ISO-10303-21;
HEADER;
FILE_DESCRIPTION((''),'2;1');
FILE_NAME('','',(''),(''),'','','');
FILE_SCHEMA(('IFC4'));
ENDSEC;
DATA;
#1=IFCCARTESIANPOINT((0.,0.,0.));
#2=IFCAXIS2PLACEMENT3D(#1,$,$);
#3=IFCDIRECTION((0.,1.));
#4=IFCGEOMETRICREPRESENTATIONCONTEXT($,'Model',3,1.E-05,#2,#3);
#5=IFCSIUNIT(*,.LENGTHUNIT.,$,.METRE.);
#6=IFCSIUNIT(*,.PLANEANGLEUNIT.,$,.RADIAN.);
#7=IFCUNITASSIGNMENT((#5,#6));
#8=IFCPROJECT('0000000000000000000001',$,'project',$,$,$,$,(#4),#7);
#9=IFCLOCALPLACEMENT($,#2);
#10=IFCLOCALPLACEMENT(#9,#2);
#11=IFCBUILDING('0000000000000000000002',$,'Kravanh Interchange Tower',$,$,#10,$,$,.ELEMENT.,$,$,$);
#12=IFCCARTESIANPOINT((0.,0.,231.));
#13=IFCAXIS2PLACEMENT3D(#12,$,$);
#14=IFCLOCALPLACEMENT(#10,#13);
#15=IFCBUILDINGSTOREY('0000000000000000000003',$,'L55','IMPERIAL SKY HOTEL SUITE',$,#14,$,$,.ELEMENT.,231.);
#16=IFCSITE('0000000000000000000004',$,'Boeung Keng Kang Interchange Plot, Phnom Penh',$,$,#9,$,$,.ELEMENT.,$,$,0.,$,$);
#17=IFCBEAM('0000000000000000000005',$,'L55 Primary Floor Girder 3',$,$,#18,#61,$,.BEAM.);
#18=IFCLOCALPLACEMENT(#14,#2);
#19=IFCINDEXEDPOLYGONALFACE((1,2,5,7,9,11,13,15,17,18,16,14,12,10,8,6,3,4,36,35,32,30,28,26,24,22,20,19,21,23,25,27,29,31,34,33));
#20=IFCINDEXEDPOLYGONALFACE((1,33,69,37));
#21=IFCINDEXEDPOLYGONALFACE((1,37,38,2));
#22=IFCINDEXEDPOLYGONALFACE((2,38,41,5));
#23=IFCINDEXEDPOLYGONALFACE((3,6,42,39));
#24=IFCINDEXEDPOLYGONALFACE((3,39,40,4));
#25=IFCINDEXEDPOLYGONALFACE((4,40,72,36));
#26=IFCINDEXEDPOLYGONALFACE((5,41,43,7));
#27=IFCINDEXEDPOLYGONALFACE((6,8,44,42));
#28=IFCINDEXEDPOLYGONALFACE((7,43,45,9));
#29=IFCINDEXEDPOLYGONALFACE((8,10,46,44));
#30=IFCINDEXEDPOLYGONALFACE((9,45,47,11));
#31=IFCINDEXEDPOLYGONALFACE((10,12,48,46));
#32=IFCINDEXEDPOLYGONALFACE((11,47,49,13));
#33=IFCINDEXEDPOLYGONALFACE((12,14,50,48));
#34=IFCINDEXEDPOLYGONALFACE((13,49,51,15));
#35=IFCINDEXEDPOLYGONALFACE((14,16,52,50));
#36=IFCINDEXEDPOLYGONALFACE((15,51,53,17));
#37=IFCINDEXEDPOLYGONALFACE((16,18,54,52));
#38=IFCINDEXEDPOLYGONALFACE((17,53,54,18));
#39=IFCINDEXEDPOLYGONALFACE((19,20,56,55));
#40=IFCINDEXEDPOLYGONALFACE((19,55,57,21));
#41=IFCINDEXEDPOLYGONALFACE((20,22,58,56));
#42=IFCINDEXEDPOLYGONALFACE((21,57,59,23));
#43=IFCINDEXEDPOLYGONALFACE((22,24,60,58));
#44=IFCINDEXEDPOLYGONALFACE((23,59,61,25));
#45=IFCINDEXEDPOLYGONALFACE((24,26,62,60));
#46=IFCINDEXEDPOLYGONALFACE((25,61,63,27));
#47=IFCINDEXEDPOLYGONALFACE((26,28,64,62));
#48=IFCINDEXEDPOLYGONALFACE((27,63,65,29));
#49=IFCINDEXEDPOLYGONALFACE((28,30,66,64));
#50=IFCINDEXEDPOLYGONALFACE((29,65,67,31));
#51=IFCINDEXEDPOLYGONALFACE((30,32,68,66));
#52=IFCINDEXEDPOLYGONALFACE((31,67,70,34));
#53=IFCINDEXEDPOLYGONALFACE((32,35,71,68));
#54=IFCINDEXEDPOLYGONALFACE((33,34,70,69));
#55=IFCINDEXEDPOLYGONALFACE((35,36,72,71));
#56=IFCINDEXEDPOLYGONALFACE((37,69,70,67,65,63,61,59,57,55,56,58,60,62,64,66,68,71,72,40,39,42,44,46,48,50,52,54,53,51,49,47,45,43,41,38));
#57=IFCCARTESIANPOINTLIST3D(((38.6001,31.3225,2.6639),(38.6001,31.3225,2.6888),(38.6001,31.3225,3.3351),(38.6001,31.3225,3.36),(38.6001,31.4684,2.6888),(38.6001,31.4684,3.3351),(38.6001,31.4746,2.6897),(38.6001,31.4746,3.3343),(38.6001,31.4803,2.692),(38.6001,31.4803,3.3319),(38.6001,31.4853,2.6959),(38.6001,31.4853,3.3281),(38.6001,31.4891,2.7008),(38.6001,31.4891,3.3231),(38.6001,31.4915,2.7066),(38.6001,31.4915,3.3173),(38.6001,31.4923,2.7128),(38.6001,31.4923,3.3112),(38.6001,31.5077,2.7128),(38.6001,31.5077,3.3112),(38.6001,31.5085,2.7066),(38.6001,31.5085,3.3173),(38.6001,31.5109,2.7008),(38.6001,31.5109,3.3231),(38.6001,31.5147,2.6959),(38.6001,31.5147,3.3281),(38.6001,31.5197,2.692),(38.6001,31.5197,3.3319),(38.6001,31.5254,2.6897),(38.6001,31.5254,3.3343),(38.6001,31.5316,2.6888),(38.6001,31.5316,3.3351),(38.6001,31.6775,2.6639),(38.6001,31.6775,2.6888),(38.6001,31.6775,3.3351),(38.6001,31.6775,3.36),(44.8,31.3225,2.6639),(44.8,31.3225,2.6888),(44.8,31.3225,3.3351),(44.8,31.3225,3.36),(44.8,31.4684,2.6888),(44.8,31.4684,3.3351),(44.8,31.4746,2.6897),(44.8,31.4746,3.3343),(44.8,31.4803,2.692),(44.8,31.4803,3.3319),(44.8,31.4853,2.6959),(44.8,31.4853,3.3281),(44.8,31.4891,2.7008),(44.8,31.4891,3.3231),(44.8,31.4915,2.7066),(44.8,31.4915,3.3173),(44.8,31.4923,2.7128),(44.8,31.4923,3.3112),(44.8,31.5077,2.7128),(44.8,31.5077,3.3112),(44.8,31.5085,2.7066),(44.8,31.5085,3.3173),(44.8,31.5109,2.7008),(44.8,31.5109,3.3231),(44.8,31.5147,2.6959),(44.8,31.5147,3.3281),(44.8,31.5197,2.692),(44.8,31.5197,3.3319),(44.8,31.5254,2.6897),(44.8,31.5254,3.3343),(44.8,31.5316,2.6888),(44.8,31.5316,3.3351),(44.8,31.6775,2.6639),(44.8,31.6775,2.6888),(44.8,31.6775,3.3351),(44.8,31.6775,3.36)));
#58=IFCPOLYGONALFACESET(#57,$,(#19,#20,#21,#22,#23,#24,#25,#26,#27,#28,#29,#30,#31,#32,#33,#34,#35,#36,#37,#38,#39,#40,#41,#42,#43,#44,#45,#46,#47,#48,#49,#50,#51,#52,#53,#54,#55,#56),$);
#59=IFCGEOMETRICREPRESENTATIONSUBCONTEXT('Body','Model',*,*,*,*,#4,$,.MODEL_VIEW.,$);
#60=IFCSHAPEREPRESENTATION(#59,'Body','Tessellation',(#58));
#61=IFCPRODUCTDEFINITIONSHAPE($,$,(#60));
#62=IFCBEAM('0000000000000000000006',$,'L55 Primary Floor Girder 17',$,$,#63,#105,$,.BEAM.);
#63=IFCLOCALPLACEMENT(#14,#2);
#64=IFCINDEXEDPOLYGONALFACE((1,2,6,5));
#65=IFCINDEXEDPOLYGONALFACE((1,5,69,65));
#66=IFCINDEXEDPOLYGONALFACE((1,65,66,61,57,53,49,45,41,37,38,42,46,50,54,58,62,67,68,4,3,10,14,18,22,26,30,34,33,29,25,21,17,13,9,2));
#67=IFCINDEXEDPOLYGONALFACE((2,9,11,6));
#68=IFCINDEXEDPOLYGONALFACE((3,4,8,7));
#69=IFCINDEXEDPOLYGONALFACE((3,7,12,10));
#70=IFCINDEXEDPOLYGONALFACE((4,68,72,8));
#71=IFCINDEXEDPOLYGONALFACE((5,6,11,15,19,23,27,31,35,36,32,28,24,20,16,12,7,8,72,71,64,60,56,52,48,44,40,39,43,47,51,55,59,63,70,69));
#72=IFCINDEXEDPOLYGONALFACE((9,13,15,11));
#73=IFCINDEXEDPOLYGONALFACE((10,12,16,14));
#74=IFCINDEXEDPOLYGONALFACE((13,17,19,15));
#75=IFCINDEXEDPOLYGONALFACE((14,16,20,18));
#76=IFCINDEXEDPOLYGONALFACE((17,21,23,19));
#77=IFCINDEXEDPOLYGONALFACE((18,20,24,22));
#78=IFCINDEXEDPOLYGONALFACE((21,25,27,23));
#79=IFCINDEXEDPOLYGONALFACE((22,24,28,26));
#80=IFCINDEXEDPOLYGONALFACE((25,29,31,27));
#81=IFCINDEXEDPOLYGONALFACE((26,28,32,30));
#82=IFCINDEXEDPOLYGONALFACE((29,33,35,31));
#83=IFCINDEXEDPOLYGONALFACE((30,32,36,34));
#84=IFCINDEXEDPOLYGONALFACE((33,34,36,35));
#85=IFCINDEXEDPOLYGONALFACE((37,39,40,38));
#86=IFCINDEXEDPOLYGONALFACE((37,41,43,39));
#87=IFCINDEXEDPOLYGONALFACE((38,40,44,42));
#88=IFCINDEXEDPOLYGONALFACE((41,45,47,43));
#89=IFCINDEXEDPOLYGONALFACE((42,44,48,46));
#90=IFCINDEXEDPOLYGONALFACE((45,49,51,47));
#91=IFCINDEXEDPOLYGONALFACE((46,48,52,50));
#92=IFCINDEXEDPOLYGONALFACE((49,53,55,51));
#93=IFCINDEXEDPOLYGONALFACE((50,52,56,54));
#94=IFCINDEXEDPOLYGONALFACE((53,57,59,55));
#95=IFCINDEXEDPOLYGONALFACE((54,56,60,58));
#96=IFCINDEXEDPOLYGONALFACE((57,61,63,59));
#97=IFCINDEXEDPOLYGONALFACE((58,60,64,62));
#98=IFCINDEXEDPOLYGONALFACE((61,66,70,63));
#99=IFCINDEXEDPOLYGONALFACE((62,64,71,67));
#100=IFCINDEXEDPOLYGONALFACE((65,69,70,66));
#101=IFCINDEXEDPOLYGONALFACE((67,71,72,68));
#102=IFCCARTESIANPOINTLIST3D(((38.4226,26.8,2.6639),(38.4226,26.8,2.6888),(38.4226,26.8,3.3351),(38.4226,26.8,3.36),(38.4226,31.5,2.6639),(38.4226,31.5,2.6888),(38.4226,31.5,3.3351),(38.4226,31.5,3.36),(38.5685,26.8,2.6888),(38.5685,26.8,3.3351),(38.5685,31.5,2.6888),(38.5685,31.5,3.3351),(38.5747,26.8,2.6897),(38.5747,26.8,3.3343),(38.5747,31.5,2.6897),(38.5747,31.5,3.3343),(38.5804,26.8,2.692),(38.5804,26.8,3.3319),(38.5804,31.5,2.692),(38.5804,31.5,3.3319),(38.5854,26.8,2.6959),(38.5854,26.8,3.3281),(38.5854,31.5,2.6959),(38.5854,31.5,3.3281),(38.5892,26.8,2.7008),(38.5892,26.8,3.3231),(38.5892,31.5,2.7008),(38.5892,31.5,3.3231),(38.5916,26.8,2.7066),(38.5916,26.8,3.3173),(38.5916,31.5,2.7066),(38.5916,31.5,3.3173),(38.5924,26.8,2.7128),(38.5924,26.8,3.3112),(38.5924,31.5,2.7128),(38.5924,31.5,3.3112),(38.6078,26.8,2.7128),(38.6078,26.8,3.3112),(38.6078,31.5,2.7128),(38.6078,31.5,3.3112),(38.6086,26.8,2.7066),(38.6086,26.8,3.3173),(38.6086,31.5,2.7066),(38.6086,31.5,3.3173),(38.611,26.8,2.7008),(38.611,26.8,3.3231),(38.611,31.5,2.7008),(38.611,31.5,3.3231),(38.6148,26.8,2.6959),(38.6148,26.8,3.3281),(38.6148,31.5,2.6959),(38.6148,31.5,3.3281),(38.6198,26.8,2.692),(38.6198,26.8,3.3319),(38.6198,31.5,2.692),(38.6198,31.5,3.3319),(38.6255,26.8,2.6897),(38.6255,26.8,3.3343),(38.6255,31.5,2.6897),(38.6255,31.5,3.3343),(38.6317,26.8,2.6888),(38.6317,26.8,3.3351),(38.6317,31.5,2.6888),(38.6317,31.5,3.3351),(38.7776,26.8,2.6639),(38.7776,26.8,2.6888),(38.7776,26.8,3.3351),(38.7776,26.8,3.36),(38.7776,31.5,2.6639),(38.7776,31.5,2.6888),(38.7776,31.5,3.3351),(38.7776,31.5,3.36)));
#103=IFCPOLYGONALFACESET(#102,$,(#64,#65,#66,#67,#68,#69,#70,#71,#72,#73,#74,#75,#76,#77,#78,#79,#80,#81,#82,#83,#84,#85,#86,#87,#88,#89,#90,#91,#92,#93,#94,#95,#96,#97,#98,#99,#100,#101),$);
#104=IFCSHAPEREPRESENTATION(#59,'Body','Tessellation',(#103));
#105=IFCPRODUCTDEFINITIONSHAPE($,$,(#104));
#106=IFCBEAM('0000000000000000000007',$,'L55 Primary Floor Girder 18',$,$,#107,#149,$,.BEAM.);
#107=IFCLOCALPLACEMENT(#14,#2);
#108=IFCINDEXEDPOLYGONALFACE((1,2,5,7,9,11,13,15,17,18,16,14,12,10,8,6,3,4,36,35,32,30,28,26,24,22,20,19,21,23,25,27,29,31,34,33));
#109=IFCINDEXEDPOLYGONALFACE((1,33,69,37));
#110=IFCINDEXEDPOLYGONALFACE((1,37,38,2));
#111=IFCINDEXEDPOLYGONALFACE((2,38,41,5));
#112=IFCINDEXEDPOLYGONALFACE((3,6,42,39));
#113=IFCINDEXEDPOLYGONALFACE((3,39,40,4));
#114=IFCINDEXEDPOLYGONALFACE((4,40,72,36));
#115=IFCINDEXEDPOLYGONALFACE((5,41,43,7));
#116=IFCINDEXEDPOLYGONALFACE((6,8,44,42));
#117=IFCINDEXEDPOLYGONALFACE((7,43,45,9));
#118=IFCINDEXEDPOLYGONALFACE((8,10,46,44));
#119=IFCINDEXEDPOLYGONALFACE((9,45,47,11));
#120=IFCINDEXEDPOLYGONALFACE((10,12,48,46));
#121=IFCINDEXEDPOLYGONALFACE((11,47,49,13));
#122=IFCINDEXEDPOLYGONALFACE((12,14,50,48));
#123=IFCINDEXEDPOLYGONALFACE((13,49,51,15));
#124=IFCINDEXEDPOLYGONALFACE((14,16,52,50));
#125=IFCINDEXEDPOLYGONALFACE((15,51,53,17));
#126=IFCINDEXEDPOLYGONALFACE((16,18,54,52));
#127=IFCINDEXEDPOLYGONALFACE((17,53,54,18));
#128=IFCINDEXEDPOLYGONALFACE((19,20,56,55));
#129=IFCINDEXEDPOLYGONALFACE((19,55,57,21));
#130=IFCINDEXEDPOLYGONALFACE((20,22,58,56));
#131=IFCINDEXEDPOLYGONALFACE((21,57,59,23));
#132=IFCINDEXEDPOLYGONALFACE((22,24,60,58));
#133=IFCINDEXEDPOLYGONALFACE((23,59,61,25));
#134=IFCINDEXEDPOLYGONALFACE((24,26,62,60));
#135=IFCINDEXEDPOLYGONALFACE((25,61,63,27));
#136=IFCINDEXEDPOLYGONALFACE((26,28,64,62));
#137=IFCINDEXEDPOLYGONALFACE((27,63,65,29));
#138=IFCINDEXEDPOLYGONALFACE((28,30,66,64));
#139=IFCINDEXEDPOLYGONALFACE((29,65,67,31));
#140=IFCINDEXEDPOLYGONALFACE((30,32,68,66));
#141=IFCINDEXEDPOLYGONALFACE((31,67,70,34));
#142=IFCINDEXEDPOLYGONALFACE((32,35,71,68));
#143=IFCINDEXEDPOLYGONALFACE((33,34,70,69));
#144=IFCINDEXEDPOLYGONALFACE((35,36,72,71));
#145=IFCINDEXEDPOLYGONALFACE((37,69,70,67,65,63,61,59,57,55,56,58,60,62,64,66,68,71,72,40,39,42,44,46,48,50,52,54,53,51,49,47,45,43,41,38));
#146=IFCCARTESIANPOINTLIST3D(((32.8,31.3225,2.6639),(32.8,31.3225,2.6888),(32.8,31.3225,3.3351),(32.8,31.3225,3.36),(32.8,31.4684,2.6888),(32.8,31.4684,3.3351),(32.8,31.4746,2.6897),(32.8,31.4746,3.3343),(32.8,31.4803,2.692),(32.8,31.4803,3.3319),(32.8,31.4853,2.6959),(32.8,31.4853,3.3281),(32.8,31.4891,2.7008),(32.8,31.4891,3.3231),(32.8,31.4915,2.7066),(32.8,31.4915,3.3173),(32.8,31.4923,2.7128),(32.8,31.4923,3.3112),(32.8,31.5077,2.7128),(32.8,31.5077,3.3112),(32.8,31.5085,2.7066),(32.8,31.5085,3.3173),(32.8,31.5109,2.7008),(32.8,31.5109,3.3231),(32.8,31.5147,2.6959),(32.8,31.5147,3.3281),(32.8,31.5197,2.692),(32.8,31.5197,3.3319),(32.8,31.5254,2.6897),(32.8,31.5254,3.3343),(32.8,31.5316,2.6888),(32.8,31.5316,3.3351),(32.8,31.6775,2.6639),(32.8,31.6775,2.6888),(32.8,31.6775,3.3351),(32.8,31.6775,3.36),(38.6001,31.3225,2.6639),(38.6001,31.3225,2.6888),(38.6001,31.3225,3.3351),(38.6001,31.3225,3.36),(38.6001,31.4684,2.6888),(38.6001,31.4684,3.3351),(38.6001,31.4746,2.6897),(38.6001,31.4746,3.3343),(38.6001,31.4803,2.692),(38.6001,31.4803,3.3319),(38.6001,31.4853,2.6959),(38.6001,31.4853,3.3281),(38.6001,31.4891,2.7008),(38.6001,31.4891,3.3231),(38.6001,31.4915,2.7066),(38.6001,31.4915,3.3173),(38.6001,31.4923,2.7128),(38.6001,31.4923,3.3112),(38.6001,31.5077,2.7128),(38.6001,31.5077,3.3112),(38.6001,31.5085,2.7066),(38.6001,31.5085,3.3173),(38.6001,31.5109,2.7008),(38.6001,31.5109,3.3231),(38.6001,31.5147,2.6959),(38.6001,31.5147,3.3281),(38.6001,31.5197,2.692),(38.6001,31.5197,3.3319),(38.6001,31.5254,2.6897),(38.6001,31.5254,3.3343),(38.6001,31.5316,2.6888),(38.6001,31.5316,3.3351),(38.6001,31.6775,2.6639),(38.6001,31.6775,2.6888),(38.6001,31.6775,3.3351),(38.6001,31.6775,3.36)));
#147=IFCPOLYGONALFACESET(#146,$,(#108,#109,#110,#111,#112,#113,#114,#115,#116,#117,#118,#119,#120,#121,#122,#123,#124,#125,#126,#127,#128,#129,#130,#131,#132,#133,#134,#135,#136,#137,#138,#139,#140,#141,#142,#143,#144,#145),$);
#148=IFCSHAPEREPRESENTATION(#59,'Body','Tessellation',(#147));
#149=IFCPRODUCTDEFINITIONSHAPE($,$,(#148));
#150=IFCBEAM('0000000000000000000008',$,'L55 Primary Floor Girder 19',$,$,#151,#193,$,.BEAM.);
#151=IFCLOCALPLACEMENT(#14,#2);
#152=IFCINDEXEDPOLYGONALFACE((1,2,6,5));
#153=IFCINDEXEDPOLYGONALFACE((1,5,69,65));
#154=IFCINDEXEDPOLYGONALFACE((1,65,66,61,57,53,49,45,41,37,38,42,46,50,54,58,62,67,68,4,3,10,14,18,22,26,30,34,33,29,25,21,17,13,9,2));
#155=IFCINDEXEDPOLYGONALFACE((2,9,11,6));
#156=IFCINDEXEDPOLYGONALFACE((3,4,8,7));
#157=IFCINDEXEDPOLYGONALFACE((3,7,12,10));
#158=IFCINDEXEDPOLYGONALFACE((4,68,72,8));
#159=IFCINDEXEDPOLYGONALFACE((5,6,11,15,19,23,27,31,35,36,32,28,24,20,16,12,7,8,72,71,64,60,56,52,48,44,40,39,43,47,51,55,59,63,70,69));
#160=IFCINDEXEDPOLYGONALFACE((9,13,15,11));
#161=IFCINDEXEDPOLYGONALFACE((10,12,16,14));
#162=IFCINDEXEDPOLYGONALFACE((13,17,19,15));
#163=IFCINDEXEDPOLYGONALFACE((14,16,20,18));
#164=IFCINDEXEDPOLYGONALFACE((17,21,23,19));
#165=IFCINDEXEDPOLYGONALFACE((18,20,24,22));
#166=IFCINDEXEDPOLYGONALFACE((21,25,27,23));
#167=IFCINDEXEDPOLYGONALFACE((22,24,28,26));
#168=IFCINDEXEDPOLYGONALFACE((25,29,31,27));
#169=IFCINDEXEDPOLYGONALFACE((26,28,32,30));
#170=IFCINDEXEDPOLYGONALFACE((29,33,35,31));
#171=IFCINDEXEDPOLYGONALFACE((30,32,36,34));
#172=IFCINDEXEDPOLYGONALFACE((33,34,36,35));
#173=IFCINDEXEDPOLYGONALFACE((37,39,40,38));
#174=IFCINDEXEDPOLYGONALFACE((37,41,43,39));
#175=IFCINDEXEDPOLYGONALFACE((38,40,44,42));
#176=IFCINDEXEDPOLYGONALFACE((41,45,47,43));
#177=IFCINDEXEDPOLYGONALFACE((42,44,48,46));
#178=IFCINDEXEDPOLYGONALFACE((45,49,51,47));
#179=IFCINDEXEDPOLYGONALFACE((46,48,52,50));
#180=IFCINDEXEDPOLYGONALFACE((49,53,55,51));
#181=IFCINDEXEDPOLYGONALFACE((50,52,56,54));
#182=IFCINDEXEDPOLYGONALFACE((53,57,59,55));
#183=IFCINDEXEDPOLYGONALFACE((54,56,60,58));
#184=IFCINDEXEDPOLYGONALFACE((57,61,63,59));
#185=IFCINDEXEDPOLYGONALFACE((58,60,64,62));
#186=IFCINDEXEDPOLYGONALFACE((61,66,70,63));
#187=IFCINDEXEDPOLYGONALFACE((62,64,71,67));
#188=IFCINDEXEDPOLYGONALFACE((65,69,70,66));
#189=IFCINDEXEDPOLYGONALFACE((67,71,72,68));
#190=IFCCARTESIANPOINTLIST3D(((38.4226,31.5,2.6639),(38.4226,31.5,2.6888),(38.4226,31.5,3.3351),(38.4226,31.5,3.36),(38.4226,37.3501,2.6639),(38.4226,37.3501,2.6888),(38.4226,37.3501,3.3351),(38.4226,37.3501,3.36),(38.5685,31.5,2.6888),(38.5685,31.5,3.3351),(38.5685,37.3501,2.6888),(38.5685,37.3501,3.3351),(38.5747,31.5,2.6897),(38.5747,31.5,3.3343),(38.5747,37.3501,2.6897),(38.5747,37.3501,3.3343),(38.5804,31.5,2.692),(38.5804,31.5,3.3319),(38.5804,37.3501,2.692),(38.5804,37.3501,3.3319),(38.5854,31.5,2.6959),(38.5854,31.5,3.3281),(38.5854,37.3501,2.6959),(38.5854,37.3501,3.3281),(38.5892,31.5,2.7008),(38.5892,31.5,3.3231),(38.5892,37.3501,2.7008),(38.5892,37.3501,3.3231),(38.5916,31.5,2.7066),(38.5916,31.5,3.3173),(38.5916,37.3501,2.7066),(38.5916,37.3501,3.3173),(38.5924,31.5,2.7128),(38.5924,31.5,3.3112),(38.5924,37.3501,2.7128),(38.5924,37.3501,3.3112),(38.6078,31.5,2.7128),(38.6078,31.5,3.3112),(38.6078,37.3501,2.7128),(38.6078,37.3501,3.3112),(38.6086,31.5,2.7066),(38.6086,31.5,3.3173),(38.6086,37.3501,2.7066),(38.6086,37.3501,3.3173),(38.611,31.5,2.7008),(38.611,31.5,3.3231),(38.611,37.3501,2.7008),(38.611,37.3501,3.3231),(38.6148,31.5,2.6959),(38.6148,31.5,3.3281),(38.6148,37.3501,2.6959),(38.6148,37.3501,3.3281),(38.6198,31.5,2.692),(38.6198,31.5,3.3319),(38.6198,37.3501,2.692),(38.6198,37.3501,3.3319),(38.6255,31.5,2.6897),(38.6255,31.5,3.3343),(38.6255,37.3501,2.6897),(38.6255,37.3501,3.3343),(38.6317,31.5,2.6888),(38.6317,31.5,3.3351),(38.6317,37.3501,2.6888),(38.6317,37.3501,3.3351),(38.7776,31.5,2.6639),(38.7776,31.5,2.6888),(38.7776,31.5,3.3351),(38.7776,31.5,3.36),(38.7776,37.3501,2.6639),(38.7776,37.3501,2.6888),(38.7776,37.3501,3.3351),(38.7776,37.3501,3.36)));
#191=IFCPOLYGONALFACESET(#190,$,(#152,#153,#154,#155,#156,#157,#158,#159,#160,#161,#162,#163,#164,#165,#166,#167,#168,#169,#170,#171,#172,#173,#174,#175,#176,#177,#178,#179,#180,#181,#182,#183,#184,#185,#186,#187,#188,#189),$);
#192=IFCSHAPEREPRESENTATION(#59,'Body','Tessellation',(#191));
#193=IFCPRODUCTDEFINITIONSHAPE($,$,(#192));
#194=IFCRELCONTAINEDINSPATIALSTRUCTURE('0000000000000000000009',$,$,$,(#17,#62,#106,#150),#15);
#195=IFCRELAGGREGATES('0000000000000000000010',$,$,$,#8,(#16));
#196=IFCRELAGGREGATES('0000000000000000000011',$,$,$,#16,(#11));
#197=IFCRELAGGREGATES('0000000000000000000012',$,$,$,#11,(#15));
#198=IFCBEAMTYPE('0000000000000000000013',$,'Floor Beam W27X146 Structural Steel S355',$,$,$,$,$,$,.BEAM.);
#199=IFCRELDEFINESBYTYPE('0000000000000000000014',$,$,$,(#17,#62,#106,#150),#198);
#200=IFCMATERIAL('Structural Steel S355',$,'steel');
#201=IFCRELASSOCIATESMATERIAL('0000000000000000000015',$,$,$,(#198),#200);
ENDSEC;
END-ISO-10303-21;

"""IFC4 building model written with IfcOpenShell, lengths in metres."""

from ifc_helpers import new_model, si_unit, direction, frame, origin, origin_2d, place, context, subcontext, project, spatial, i_section, extrude, material, material_profile, profile_set, type_object, element, save


model = new_model("IFC4")

# Units and contexts
model_context = context("Model", 3, precision=1e-05, world=origin(), true_north=direction((0.0, 1.0)))
body_context = subcontext(model_context, "Body", "Model", "MODEL_VIEW")
ifc_project = project(units=[si_unit("LENGTHUNIT", "METRE"), si_unit("PLANEANGLEUNIT", "RADIAN")], contexts=[model_context])

# Site, building, storey
site_placement = place(None, origin())
site = spatial("IfcSite", under=ifc_project, at=site_placement, Name="Boeung Keng Kang Interchange Plot, Phnom Penh", CompositionType="ELEMENT", RefElevation=0.0)
building_placement = place(site_placement, origin())
building = spatial("IfcBuilding", under=site, at=building_placement, Name="Kravanh Interchange Tower", CompositionType="ELEMENT")
storey_placement = place(building_placement, frame((0.0, 0.0, 231.0)))
storey = spatial("IfcBuildingStorey", under=building, at=storey_placement, Name="L55", Description="IMPERIAL SKY HOTEL SUITE", CompositionType="ELEMENT", Elevation=231.0)

# Beams
ifc_material_1 = material(Name="Structural Steel S355", Category="steel")
ifc_material_profile_1 = material_profile(ifc_material_1, i_section(OverallWidth=0.355, OverallDepth=0.696, WebThickness=0.0154, FlangeThickness=0.0249, FilletRadius=0.0239, at=origin_2d()), Name="W27X146")
ifc_profile_set_1 = profile_set([ifc_material_profile_1], Name="Structural Steel S355")
beam_type_1 = type_object("IfcBeamType", Name="Floor Beam W27X146 Structural Steel S355", PredefinedType="BEAM", material=ifc_profile_set_1)
beam_1_placement = place(storey_placement, frame((44.8, 31.5, 3.012), z_axis=(-1.0, 0.0, 0.0), x_axis=(0.0, -1.0, 0.0)))
element("IfcBeam", 1, at=beam_1_placement, inside=storey, type_object=beam_type_1, Name="L55 Primary Floor Girder 3", PredefinedType="BEAM", context=body_context, shape_type="SweptSolid", body=[
    extrude(i_section(OverallWidth=0.355, OverallDepth=0.696, WebThickness=0.0154, FlangeThickness=0.0249, FilletRadius=0.0239, at=origin_2d()), origin(), (0.0, 0.0, 1.0), 6.2),
])
beam_2_placement = place(storey_placement, frame((38.6001, 31.5, 3.012), z_axis=(0.0, -1.0, 0.0), x_axis=(1.0, 0.0, 0.0)))
element("IfcBeam", 2, at=beam_2_placement, inside=storey, type_object=beam_type_1, Name="L55 Primary Floor Girder 17", PredefinedType="BEAM", context=body_context, shape_type="SweptSolid", body=[
    extrude(i_section(OverallWidth=0.355, OverallDepth=0.696, WebThickness=0.0154, FlangeThickness=0.0249, FilletRadius=0.0239, at=origin_2d()), origin(), (0.0, 0.0, 1.0), 4.7),
])
beam_3_placement = place(storey_placement, frame((38.6001, 31.5, 3.012), z_axis=(-1.0, 0.0, 0.0), x_axis=(0.0, -1.0, 0.0)))
element("IfcBeam", 3, at=beam_3_placement, inside=storey, type_object=beam_type_1, Name="L55 Primary Floor Girder 18", PredefinedType="BEAM", context=body_context, shape_type="SweptSolid", body=[
    extrude(i_section(OverallWidth=0.355, OverallDepth=0.696, WebThickness=0.0154, FlangeThickness=0.0249, FilletRadius=0.0239, at=origin_2d()), origin(), (0.0, 0.0, 1.0), 5.8),
])
for number, where, z_axis, x_axis, name in (
    (4, (38.6001, 31.5, 3.012), (0.0, 1.0, 0.0), (-1.0, 0.0, 0.0), "L55 Primary Floor Girder 19"),
):
    element("IfcBeam", number, at=place(storey_placement, frame(where, z_axis=z_axis, x_axis=x_axis)), inside=storey, type_object=beam_type_1, Name=name, PredefinedType="BEAM", context=body_context, shape_type="SweptSolid", body=[
        extrude(i_section(OverallWidth=0.355, OverallDepth=0.696, WebThickness=0.0154, FlangeThickness=0.0249, FilletRadius=0.0239, at=origin_2d()), origin(), (0.0, 0.0, 1.0), 5.8501),
    ])

save(model, "model.ifc")
